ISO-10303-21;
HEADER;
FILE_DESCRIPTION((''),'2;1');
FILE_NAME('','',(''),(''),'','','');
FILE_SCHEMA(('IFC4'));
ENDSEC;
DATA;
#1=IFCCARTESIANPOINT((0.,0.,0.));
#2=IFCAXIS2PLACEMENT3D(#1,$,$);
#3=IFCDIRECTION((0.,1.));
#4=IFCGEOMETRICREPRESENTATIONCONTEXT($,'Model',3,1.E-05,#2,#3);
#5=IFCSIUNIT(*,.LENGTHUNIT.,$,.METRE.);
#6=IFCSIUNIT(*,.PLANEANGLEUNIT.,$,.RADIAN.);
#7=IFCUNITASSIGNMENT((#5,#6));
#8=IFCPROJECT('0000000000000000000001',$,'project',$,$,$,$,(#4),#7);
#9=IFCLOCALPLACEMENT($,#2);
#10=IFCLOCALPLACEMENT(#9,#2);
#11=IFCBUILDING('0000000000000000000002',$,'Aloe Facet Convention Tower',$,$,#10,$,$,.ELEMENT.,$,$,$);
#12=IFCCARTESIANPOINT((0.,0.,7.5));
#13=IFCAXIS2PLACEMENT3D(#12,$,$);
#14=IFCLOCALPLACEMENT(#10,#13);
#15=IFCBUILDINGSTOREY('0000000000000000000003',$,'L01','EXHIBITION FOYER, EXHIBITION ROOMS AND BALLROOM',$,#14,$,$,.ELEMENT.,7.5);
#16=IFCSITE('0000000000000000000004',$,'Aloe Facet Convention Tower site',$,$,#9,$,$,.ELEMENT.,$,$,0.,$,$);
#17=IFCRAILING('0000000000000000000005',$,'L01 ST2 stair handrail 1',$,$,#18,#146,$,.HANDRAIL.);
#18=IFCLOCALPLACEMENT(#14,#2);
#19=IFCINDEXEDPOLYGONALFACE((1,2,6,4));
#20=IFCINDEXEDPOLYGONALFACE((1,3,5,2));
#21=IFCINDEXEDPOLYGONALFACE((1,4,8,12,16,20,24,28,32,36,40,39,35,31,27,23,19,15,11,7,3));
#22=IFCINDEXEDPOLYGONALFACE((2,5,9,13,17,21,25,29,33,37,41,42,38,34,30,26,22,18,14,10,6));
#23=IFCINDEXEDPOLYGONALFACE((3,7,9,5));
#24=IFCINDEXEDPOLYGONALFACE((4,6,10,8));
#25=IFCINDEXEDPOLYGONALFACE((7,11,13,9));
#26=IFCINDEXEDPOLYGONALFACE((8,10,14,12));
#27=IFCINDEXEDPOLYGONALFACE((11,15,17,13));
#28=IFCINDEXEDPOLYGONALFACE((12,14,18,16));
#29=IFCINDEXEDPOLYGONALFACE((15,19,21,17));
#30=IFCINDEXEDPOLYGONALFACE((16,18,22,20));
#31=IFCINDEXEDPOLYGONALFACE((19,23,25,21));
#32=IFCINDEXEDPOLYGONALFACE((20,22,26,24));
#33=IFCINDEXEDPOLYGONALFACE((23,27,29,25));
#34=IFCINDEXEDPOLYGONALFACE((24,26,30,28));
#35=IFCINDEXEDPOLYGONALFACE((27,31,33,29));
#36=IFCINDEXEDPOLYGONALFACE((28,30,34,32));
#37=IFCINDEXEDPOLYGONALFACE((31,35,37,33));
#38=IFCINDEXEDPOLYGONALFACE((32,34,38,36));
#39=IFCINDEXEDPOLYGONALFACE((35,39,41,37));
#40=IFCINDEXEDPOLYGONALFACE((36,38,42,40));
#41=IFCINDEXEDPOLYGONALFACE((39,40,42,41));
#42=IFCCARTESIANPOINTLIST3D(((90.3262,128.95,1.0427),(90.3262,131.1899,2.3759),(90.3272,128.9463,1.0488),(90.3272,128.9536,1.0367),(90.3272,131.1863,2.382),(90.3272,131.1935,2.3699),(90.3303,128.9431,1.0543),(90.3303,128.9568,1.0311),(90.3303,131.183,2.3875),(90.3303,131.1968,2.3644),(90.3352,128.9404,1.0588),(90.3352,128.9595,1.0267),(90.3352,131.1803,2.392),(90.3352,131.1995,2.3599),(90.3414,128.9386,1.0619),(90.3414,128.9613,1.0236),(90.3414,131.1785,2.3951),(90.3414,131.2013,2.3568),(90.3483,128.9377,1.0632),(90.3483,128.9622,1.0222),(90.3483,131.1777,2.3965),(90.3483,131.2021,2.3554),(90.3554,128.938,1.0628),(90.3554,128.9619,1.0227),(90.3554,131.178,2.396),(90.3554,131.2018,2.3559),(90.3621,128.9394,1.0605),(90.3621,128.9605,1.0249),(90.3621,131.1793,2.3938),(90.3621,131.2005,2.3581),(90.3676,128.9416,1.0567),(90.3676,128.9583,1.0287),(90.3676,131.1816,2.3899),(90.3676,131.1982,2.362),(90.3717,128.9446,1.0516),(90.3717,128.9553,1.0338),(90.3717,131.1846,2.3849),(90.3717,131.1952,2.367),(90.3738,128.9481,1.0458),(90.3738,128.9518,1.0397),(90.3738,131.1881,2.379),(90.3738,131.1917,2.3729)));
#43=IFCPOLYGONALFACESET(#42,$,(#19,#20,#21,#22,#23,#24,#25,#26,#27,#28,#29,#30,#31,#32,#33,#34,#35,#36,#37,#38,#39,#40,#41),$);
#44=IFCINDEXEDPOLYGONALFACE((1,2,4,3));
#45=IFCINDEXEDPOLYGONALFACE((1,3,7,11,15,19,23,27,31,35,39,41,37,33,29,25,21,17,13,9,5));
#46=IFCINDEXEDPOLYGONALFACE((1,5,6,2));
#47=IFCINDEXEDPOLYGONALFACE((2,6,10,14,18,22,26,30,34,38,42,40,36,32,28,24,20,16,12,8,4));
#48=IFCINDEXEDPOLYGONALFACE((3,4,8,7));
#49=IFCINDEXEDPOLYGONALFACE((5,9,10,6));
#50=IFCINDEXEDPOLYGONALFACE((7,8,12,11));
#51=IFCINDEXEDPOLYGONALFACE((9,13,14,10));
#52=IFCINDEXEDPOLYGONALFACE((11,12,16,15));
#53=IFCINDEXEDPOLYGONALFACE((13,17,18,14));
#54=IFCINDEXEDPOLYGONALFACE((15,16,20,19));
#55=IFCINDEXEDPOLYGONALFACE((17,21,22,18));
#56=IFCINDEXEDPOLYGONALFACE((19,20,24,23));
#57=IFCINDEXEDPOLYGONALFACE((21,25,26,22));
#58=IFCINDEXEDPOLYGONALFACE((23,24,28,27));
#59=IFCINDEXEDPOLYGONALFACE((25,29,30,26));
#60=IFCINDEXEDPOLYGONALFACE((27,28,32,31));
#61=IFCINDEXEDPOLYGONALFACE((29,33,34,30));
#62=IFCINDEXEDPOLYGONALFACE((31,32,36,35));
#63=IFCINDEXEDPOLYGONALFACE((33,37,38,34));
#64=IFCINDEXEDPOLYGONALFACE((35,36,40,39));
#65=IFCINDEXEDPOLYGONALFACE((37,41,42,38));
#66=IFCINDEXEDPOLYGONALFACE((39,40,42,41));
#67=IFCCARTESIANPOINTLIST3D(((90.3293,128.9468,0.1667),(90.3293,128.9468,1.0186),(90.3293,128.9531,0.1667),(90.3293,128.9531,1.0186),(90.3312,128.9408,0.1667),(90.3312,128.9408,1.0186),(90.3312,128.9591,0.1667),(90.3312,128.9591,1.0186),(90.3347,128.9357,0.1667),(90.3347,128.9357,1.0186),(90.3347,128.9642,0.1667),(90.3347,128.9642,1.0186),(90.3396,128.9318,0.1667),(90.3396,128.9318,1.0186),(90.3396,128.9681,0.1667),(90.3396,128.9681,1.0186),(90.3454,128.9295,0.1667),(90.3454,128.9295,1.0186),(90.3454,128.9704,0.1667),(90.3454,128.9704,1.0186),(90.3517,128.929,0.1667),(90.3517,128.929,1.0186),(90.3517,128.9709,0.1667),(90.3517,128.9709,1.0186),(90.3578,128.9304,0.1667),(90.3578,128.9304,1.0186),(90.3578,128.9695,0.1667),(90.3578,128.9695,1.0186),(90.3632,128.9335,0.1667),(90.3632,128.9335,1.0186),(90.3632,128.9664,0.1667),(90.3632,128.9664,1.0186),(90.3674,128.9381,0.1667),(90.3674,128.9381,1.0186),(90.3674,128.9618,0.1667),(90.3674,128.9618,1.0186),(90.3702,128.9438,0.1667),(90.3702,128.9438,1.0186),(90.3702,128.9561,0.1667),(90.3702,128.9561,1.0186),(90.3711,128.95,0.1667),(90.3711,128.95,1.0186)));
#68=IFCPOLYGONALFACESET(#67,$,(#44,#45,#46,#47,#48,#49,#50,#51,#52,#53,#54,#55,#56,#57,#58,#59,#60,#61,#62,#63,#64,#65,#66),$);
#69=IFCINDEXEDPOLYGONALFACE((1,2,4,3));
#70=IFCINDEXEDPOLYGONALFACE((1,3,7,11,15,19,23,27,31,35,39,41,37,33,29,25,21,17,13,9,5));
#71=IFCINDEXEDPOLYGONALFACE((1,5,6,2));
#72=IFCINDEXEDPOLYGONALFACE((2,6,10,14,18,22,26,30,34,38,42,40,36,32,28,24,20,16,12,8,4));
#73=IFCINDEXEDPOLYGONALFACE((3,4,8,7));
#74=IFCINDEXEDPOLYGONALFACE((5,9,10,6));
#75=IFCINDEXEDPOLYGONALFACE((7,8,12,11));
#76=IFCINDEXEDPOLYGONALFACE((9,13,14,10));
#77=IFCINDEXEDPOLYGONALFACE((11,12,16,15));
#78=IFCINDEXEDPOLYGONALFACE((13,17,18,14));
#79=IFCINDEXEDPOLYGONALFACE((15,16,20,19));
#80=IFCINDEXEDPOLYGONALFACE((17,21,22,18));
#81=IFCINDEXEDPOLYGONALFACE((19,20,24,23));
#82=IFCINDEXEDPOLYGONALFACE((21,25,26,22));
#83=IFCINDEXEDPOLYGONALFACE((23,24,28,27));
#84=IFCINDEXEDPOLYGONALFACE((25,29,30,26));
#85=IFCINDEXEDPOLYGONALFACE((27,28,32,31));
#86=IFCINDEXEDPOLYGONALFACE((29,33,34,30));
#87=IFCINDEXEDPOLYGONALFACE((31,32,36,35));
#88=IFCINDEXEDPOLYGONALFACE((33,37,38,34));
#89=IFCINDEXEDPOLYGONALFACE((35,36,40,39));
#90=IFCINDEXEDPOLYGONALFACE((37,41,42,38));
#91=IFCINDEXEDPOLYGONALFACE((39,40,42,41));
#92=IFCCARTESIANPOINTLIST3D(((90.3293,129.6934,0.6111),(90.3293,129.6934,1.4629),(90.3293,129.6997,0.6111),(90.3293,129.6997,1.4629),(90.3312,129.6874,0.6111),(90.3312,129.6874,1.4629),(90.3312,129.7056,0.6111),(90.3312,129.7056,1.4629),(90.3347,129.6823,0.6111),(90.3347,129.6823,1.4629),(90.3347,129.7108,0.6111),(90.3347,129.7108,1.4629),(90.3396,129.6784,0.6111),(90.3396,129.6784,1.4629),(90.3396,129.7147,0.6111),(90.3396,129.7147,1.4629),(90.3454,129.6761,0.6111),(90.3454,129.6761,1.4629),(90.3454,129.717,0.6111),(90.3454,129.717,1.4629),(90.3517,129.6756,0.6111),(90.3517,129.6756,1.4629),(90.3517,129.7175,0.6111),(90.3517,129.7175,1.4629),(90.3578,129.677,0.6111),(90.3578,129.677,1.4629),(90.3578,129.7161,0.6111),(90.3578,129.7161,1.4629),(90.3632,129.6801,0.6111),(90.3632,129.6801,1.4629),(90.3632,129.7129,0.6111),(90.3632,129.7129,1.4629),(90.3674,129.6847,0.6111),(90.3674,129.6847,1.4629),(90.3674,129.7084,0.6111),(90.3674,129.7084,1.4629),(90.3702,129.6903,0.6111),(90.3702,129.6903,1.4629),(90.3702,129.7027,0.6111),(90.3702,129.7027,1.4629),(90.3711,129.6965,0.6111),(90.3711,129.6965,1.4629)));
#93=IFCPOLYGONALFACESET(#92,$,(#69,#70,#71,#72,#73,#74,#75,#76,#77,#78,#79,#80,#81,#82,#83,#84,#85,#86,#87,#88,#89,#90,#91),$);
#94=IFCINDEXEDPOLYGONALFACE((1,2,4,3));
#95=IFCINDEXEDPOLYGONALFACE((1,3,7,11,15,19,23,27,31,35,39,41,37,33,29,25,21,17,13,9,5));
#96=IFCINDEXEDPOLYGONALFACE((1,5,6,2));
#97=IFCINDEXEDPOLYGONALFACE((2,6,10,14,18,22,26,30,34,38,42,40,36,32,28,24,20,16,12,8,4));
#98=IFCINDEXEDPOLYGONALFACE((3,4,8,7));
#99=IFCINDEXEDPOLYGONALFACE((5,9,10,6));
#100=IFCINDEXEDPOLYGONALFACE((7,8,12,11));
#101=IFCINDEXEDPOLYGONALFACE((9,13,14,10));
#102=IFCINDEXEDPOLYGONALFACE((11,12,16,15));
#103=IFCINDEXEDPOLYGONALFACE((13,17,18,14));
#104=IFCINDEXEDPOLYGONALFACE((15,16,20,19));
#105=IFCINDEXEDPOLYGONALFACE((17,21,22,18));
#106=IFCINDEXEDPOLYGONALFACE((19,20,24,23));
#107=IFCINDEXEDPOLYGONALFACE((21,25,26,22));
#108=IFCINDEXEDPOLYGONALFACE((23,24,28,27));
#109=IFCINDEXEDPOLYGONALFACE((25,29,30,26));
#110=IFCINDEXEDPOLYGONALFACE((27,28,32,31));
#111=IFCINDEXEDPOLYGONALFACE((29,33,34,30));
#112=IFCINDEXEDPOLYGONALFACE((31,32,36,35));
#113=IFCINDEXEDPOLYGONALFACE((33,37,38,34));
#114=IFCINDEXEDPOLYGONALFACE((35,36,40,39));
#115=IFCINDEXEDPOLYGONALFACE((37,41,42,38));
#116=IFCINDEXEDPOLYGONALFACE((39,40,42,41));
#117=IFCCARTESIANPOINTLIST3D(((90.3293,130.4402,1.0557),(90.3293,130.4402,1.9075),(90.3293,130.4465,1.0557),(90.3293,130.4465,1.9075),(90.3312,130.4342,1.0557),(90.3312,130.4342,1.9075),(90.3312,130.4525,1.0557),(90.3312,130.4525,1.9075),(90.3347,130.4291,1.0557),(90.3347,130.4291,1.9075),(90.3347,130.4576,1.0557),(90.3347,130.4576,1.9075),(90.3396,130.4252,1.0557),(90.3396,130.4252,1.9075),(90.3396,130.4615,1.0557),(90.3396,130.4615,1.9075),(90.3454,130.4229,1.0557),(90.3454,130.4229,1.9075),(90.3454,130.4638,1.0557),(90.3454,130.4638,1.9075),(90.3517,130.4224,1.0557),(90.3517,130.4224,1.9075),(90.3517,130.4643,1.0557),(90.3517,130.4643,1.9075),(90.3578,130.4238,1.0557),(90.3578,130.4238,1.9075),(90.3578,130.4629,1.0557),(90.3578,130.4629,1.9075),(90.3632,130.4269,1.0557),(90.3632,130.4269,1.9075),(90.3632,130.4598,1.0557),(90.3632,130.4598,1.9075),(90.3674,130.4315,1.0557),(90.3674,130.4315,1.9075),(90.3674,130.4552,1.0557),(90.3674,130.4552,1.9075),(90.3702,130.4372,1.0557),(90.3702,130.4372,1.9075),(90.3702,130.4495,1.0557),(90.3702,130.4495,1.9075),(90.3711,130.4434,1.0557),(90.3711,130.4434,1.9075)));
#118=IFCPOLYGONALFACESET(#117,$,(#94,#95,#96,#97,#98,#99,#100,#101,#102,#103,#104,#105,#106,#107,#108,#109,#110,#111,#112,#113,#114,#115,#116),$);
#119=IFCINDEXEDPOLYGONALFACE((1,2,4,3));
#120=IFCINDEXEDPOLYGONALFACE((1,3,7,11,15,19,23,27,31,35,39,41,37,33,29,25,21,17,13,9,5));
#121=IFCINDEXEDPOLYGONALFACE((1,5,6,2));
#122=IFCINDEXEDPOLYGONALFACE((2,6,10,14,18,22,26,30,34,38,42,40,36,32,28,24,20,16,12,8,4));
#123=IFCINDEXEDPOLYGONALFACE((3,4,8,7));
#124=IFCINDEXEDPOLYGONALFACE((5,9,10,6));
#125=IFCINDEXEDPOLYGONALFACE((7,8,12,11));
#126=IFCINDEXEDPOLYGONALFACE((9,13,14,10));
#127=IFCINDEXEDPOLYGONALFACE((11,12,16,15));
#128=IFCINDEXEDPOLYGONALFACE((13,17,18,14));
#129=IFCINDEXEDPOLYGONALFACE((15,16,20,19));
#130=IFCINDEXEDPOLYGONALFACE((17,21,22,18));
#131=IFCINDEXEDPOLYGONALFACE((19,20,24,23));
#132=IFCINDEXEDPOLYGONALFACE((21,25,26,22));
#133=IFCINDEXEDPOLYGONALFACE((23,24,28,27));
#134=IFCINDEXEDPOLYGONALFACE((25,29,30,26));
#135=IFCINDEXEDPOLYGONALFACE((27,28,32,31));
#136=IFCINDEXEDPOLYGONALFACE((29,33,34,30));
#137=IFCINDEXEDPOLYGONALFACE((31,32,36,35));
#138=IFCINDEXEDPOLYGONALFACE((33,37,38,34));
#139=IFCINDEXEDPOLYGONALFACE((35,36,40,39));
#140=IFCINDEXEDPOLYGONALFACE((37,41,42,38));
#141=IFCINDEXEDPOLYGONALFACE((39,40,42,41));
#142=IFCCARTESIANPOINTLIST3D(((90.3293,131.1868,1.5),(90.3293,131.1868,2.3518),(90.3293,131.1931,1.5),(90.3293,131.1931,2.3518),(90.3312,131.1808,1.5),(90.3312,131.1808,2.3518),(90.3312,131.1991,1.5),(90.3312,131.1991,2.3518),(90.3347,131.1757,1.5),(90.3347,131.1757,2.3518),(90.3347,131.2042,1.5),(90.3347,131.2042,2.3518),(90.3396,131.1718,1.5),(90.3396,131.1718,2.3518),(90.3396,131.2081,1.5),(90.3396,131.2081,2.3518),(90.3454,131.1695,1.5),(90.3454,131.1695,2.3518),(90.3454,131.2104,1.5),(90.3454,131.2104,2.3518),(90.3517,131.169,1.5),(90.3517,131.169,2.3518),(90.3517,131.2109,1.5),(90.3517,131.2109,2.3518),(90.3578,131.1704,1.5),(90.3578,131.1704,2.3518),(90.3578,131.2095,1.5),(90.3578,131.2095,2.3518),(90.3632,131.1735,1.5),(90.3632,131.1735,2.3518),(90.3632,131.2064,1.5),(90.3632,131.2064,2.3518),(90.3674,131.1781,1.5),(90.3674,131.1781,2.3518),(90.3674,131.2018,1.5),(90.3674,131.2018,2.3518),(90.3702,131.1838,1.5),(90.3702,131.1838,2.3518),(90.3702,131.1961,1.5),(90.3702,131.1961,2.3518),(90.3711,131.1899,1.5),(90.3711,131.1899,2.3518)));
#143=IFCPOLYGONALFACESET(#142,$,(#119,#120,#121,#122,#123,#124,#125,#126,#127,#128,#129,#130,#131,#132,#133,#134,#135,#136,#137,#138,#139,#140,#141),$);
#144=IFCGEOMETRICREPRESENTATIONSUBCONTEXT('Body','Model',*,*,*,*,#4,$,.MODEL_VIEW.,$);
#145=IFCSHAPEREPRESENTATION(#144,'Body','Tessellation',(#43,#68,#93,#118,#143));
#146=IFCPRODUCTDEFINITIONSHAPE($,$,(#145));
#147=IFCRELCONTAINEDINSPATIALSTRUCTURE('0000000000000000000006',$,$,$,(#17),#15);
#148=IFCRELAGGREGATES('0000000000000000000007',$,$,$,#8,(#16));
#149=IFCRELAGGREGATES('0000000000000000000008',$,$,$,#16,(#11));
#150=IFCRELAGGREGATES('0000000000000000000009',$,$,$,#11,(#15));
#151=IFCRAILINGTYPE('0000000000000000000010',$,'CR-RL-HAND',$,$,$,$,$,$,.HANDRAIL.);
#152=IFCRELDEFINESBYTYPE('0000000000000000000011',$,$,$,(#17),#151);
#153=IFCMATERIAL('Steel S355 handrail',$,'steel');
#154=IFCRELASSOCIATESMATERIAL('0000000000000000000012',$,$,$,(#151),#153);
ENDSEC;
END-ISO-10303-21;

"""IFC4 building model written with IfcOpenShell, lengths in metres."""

from ifc_helpers import new_model, si_unit, direction, frame, origin, origin_2d, place, context, subcontext, project, spatial, circle, extrude, material, type_object, element, save


model = new_model("IFC4")

# Units and contexts
model_context = context("Model", 3, precision=1e-05, world=origin(), true_north=direction((0.0, 1.0)))
body_context = subcontext(model_context, "Body", "Model", "MODEL_VIEW")
ifc_project = project(units=[si_unit("LENGTHUNIT", "METRE"), si_unit("PLANEANGLEUNIT", "RADIAN")], contexts=[model_context])

# Site, building, storey
site_placement = place(None, origin())
site = spatial("IfcSite", under=ifc_project, at=site_placement, Name="Aloe Facet Convention Tower site", CompositionType="ELEMENT", RefElevation=0.0)
building_placement = place(site_placement, origin())
building = spatial("IfcBuilding", under=site, at=building_placement, Name="Aloe Facet Convention Tower", CompositionType="ELEMENT")
storey_placement = place(building_placement, frame((0.0, 0.0, 7.5)))
storey = spatial("IfcBuildingStorey", under=building, at=storey_placement, Name="L01", Description="EXHIBITION FOYER, EXHIBITION ROOMS AND BALLROOM", CompositionType="ELEMENT", Elevation=7.5)

# Railing
ifc_material_1 = material(Name="Steel S355 handrail", Category="steel")
railing_type_1 = type_object("IfcRailingType", Name="CR-RL-HAND", PredefinedType="HANDRAIL", material=ifc_material_1)
railing_1_placement = place(storey_placement, frame((90.3501, 128.95, 0.1667)))
element("IfcRailing", 1, at=railing_1_placement, inside=storey, type_object=railing_type_1, Name="L01 ST2 stair handrail 1", PredefinedType="HANDRAIL", context=body_context, shape_type="SweptSolid", body=[
    extrude(circle(Radius=0.0239, at=origin_2d()), frame((0.0, 0.0, 0.876), z_axis=(0.0, 0.859306, 0.511462), x_axis=(-1.0, 0.0, 0.0)), (0.0, 0.0, 1.0), 2.6067),
    extrude(circle(Radius=0.021, at=origin_2d()), origin(), (0.0, 0.0, 1.0), 0.8518),
    extrude(circle(Radius=0.021, at=origin_2d()), frame((0.0, 0.7466, 0.4443)), (0.0, 0.0, 1.0), 0.8518),
    extrude(circle(Radius=0.021, at=origin_2d()), frame((0.0, 1.4934, 0.8889)), (0.0, 0.0, 1.0), 0.8518),
    extrude(circle(Radius=0.021, at=origin_2d()), frame((0.0, 2.24, 1.3333)), (0.0, 0.0, 1.0), 0.8518),
])

save(model, "model.ifc")
